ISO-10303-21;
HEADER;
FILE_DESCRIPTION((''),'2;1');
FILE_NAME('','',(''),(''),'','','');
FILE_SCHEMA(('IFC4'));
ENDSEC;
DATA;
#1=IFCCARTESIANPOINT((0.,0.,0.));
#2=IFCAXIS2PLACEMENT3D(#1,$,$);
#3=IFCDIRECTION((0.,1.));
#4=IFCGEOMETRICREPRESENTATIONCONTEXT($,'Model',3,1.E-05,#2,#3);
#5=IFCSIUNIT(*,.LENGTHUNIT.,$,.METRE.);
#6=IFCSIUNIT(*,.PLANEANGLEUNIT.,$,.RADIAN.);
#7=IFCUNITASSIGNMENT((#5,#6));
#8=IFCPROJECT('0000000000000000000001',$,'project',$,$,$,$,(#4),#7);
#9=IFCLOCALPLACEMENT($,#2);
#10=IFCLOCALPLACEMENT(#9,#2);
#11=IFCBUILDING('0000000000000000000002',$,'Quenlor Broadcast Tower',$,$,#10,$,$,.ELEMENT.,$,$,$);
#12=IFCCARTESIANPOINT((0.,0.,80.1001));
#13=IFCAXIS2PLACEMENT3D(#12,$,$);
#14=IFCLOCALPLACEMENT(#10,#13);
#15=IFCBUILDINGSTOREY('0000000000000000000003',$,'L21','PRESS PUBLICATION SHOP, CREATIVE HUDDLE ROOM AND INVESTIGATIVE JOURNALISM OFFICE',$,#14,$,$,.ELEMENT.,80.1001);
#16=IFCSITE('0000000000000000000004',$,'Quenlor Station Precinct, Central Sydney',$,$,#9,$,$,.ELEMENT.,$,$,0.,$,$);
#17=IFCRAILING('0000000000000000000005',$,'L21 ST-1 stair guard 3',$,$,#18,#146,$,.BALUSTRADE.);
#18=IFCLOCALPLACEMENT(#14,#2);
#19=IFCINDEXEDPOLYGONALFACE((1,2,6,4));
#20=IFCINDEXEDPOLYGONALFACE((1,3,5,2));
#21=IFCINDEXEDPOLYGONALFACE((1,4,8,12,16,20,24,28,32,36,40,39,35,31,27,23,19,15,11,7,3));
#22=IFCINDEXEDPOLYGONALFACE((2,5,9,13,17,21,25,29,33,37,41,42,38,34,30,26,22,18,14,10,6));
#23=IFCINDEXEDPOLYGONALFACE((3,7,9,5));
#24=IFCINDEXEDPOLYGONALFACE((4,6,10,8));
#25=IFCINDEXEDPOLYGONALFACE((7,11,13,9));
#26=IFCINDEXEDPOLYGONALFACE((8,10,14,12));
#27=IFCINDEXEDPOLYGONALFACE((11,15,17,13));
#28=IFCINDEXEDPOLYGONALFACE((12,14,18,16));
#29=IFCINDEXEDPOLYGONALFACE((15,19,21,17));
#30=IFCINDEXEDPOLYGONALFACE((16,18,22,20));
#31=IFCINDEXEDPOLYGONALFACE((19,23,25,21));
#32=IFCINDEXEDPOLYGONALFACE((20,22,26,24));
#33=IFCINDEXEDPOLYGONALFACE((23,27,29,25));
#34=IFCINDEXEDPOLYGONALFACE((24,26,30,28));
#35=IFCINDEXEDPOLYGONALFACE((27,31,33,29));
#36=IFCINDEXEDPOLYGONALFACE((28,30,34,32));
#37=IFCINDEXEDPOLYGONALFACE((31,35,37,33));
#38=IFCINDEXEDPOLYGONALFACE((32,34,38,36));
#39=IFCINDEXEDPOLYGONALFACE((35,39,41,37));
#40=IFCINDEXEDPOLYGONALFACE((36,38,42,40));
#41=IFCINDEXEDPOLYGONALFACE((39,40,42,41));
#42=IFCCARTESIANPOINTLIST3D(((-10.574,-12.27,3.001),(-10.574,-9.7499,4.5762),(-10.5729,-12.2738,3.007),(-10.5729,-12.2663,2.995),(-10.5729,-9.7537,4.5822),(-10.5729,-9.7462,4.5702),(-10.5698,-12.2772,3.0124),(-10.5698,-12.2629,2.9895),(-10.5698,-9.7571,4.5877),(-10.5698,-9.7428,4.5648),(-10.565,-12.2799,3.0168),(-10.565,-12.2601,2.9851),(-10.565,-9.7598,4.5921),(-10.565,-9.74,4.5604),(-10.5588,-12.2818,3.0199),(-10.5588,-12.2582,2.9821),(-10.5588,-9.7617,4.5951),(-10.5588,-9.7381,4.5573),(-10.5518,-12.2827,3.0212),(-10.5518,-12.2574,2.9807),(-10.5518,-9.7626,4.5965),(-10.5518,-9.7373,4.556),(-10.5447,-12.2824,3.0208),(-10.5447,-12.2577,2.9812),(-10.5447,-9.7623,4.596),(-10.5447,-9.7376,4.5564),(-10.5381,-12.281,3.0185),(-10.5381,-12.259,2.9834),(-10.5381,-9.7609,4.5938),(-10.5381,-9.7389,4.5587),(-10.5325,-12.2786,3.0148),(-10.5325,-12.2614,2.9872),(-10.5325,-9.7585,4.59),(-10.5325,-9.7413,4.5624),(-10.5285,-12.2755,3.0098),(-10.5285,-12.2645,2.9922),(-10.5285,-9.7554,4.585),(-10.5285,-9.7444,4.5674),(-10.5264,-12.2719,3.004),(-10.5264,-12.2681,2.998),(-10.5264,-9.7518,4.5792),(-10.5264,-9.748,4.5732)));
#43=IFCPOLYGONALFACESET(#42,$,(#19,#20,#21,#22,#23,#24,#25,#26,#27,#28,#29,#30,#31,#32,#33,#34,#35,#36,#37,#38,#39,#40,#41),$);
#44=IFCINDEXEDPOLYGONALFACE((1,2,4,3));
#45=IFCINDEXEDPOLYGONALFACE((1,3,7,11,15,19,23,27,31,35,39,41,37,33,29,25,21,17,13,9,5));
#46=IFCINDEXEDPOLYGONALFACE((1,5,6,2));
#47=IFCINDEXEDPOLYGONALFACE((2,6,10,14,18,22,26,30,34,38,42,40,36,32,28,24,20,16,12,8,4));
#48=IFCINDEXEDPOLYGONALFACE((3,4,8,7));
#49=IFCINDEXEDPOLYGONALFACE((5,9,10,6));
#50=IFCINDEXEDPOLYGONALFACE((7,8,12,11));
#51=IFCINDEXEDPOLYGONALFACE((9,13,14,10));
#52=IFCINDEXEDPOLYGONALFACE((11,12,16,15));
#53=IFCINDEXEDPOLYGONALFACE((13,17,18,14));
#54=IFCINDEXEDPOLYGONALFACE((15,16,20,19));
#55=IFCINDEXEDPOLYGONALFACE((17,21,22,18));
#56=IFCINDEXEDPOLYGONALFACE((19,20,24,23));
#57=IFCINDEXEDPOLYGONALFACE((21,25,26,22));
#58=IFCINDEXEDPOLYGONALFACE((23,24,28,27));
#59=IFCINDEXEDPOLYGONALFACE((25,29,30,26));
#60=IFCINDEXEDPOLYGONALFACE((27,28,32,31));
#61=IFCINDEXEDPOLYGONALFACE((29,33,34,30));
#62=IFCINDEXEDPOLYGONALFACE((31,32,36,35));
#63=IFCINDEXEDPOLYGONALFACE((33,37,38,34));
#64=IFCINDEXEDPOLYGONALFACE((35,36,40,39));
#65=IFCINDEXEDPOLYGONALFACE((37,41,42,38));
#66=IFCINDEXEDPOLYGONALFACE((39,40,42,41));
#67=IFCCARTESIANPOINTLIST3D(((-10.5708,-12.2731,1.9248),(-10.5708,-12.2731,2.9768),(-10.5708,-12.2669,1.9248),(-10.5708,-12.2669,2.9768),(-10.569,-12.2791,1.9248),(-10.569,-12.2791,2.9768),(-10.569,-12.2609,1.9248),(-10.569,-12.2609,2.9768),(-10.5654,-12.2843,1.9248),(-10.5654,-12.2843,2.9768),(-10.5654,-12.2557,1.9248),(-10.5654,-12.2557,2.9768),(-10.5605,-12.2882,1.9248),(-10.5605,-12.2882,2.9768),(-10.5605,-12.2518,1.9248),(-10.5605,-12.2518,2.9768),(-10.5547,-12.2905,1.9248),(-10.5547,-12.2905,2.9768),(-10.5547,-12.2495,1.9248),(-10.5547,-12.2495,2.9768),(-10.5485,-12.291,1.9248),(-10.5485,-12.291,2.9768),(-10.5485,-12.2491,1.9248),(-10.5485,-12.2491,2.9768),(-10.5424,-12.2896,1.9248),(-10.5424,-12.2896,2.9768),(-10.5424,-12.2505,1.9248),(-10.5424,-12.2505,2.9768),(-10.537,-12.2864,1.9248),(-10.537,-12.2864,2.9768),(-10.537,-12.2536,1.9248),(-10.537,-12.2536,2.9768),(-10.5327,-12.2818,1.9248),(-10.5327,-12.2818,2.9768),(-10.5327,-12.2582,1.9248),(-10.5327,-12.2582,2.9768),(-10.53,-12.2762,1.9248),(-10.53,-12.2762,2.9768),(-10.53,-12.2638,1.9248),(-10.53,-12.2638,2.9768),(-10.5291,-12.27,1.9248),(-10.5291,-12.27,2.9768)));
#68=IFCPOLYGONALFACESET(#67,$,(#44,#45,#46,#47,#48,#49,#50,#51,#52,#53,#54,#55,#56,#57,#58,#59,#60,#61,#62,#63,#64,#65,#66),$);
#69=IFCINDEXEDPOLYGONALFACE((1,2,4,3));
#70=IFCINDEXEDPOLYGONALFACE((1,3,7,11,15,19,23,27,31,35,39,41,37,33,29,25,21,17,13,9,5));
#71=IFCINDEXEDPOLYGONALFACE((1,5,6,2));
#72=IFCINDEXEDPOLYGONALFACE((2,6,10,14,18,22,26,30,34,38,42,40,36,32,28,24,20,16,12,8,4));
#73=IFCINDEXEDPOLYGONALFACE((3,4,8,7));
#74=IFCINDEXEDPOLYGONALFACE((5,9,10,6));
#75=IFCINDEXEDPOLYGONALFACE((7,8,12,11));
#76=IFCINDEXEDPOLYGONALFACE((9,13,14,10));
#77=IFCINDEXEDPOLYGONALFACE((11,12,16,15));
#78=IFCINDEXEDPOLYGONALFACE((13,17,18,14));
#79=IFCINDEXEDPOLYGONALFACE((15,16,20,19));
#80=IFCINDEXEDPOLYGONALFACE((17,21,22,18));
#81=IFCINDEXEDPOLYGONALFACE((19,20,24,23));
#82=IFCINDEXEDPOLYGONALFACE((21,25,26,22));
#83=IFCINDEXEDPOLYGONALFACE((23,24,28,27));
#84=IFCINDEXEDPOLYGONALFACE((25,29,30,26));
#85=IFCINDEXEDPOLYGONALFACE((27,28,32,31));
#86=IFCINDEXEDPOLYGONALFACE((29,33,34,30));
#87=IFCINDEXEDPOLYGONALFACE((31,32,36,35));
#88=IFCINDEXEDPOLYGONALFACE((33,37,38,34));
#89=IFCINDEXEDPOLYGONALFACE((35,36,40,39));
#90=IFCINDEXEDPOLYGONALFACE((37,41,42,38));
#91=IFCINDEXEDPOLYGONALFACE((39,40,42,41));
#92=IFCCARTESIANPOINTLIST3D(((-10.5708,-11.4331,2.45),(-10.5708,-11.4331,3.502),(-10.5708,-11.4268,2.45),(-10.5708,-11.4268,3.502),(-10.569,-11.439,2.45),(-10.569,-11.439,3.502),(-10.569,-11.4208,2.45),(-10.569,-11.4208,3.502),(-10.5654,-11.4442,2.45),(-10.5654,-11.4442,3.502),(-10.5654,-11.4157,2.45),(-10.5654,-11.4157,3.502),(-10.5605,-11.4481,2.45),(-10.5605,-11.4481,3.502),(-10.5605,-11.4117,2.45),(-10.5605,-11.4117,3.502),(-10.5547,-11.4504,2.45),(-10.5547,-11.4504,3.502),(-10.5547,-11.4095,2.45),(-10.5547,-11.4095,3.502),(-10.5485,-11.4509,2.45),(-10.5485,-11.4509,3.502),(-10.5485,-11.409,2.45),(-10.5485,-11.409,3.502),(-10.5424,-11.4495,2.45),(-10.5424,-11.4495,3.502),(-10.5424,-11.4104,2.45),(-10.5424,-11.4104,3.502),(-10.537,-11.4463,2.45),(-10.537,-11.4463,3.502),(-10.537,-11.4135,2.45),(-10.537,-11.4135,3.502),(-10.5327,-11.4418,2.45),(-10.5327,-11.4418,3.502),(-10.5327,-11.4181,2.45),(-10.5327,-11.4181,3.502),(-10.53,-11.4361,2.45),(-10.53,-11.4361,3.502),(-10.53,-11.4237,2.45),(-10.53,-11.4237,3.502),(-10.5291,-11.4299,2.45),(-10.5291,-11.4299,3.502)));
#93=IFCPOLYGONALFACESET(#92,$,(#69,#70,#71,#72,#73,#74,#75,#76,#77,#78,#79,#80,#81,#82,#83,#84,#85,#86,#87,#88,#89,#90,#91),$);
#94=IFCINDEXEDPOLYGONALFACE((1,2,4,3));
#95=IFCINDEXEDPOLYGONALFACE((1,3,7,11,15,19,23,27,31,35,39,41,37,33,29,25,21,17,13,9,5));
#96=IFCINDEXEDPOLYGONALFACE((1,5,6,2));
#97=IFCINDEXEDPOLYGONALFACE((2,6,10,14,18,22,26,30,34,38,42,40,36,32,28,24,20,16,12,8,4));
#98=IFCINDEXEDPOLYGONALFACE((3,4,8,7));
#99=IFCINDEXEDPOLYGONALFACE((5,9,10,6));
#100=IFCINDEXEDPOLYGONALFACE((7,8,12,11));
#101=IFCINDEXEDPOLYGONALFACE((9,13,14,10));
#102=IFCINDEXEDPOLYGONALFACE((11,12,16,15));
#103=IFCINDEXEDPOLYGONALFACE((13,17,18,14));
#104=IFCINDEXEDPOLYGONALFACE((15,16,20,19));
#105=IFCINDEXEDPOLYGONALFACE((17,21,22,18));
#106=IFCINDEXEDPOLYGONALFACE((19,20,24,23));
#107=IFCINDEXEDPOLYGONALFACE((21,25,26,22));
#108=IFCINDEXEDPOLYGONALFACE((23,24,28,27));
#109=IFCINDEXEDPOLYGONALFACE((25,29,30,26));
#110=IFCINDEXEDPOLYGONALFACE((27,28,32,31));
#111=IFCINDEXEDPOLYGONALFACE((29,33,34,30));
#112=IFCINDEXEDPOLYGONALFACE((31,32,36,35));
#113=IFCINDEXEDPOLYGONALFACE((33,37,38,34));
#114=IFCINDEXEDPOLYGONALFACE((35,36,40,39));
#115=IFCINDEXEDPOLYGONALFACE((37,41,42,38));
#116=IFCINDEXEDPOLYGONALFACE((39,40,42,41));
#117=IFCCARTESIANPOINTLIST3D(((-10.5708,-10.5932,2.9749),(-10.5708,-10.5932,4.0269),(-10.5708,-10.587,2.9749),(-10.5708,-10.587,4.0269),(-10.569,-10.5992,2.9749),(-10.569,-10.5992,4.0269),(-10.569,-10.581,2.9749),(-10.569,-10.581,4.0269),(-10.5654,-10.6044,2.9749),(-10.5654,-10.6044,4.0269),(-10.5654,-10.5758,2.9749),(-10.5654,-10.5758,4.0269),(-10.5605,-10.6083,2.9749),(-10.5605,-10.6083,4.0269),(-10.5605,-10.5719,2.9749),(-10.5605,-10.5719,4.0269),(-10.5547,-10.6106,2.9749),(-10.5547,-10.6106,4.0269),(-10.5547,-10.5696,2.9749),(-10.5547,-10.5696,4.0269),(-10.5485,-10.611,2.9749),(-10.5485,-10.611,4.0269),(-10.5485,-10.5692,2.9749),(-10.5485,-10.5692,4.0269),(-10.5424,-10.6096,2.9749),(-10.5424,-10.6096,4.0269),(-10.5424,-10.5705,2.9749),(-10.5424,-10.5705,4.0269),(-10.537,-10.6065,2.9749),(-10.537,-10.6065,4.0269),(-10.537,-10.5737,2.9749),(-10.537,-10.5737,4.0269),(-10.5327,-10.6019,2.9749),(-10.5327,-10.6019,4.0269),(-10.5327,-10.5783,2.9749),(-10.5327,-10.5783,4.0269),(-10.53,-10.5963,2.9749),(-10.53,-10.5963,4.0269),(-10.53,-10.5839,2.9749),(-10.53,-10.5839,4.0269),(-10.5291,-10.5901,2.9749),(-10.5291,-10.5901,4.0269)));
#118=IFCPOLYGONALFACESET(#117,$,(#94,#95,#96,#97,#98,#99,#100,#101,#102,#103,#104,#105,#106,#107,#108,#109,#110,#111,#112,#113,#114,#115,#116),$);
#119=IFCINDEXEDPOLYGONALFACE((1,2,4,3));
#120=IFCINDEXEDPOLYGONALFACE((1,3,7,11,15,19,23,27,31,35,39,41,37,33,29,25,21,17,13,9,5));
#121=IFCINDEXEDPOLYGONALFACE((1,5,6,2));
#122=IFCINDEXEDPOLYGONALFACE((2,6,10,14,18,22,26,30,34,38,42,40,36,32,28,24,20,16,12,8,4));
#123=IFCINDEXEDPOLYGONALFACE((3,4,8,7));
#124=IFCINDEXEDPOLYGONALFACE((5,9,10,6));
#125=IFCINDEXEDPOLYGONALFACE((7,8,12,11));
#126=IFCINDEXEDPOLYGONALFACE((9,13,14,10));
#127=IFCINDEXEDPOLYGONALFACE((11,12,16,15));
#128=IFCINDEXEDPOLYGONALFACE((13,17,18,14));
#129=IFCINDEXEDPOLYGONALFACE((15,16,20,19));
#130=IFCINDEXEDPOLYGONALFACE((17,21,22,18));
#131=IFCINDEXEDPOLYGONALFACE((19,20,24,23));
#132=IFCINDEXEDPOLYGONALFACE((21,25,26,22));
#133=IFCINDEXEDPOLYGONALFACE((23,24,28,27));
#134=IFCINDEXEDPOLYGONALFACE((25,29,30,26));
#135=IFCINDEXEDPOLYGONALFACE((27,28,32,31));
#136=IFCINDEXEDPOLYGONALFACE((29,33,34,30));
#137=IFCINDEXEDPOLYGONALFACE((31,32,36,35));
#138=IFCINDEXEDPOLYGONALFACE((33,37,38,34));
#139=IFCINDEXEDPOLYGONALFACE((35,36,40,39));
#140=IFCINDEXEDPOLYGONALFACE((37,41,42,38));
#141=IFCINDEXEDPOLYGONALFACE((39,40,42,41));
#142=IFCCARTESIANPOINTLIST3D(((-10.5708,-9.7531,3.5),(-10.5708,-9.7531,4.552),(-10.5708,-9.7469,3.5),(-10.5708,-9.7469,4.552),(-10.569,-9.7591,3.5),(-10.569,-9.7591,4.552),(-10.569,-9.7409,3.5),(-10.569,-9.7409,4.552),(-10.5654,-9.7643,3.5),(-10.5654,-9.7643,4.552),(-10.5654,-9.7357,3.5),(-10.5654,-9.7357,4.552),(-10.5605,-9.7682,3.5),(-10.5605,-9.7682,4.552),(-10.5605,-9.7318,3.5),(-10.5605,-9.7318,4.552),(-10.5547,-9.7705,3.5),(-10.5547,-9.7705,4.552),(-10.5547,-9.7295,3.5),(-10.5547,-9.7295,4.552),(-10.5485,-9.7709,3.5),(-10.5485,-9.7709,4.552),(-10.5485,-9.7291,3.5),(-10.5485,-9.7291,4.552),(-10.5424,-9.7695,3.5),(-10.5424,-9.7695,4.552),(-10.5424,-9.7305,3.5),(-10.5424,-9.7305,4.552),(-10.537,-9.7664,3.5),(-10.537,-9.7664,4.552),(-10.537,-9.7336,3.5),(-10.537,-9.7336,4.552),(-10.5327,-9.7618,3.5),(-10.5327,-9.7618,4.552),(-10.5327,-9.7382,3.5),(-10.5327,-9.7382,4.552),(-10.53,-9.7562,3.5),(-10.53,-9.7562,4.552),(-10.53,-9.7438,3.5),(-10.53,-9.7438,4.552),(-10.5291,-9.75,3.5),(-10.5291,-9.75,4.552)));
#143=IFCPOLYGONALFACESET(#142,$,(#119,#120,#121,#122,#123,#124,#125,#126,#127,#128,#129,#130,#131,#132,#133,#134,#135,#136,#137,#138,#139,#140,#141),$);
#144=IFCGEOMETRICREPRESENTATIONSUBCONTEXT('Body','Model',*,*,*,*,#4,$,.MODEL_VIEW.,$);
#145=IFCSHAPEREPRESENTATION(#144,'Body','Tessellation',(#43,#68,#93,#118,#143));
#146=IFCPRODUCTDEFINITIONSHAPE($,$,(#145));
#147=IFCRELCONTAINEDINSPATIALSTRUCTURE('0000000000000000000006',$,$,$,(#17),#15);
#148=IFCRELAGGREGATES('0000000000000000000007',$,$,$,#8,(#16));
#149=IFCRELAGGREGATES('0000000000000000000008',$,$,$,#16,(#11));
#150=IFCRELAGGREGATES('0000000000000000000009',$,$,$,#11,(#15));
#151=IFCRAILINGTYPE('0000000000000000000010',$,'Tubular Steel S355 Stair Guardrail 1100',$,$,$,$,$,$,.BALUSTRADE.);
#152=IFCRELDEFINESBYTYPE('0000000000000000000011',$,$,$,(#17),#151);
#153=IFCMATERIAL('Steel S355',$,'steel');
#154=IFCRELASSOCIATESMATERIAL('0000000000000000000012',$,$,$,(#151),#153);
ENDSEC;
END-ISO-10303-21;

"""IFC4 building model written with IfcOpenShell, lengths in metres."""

from ifc_helpers import new_model, si_unit, direction, frame, origin, origin_2d, place, context, subcontext, project, spatial, circle, extrude, material, type_object, element, save


model = new_model("IFC4")

# Units and contexts
model_context = context("Model", 3, precision=1e-05, world=origin(), true_north=direction((0.0, 1.0)))
body_context = subcontext(model_context, "Body", "Model", "MODEL_VIEW")
ifc_project = project(units=[si_unit("LENGTHUNIT", "METRE"), si_unit("PLANEANGLEUNIT", "RADIAN")], contexts=[model_context])

# Site, building, storey
site_placement = place(None, origin())
site = spatial("IfcSite", under=ifc_project, at=site_placement, Name="Quenlor Station Precinct, Central Sydney", CompositionType="ELEMENT", RefElevation=0.0)
building_placement = place(site_placement, origin())
building = spatial("IfcBuilding", under=site, at=building_placement, Name="Quenlor Broadcast Tower", CompositionType="ELEMENT")
storey_placement = place(building_placement, frame((0.0, 0.0, 80.1001)))
storey = spatial("IfcBuildingStorey", under=building, at=storey_placement, Name="L21", Description="PRESS PUBLICATION SHOP, CREATIVE HUDDLE ROOM AND INVESTIGATIVE JOURNALISM OFFICE", CompositionType="ELEMENT", Elevation=80.1001)

# Railing
ifc_material_1 = material(Name="Steel S355", Category="steel")
railing_type_1 = type_object("IfcRailingType", Name="Tubular Steel S355 Stair Guardrail 1100", PredefinedType="BALUSTRADE", material=ifc_material_1)
railing_1_placement = place(storey_placement, frame((-10.55, -12.27, 1.9248)))
element("IfcRailing", 1, at=railing_1_placement, inside=storey, type_object=railing_type_1, Name="L21 ST-1 stair guard 3", PredefinedType="BALUSTRADE", context=body_context, shape_type="SweptSolid", body=[
    extrude(circle(Radius=0.0239, at=origin_2d()), frame((0.0, 0.0, 1.0762), z_axis=(0.0, 0.847971, 0.530043), x_axis=(-1.0, 0.0, 0.0)), (0.0, 0.0, 1.0), 2.9719),
    extrude(circle(Radius=0.021, at=origin_2d()), origin(), (0.0, 0.0, 1.0), 1.052),
    extrude(circle(Radius=0.021, at=origin_2d()), frame((0.0, 0.8401, 0.5251)), (0.0, 0.0, 1.0), 1.052),
    extrude(circle(Radius=0.021, at=origin_2d()), frame((0.0, 1.6799, 1.05)), (0.0, 0.0, 1.0), 1.052),
    extrude(circle(Radius=0.021, at=origin_2d()), frame((0.0, 2.52, 1.5752)), (0.0, 0.0, 1.0), 1.052),
])

save(model, "model.ifc")
